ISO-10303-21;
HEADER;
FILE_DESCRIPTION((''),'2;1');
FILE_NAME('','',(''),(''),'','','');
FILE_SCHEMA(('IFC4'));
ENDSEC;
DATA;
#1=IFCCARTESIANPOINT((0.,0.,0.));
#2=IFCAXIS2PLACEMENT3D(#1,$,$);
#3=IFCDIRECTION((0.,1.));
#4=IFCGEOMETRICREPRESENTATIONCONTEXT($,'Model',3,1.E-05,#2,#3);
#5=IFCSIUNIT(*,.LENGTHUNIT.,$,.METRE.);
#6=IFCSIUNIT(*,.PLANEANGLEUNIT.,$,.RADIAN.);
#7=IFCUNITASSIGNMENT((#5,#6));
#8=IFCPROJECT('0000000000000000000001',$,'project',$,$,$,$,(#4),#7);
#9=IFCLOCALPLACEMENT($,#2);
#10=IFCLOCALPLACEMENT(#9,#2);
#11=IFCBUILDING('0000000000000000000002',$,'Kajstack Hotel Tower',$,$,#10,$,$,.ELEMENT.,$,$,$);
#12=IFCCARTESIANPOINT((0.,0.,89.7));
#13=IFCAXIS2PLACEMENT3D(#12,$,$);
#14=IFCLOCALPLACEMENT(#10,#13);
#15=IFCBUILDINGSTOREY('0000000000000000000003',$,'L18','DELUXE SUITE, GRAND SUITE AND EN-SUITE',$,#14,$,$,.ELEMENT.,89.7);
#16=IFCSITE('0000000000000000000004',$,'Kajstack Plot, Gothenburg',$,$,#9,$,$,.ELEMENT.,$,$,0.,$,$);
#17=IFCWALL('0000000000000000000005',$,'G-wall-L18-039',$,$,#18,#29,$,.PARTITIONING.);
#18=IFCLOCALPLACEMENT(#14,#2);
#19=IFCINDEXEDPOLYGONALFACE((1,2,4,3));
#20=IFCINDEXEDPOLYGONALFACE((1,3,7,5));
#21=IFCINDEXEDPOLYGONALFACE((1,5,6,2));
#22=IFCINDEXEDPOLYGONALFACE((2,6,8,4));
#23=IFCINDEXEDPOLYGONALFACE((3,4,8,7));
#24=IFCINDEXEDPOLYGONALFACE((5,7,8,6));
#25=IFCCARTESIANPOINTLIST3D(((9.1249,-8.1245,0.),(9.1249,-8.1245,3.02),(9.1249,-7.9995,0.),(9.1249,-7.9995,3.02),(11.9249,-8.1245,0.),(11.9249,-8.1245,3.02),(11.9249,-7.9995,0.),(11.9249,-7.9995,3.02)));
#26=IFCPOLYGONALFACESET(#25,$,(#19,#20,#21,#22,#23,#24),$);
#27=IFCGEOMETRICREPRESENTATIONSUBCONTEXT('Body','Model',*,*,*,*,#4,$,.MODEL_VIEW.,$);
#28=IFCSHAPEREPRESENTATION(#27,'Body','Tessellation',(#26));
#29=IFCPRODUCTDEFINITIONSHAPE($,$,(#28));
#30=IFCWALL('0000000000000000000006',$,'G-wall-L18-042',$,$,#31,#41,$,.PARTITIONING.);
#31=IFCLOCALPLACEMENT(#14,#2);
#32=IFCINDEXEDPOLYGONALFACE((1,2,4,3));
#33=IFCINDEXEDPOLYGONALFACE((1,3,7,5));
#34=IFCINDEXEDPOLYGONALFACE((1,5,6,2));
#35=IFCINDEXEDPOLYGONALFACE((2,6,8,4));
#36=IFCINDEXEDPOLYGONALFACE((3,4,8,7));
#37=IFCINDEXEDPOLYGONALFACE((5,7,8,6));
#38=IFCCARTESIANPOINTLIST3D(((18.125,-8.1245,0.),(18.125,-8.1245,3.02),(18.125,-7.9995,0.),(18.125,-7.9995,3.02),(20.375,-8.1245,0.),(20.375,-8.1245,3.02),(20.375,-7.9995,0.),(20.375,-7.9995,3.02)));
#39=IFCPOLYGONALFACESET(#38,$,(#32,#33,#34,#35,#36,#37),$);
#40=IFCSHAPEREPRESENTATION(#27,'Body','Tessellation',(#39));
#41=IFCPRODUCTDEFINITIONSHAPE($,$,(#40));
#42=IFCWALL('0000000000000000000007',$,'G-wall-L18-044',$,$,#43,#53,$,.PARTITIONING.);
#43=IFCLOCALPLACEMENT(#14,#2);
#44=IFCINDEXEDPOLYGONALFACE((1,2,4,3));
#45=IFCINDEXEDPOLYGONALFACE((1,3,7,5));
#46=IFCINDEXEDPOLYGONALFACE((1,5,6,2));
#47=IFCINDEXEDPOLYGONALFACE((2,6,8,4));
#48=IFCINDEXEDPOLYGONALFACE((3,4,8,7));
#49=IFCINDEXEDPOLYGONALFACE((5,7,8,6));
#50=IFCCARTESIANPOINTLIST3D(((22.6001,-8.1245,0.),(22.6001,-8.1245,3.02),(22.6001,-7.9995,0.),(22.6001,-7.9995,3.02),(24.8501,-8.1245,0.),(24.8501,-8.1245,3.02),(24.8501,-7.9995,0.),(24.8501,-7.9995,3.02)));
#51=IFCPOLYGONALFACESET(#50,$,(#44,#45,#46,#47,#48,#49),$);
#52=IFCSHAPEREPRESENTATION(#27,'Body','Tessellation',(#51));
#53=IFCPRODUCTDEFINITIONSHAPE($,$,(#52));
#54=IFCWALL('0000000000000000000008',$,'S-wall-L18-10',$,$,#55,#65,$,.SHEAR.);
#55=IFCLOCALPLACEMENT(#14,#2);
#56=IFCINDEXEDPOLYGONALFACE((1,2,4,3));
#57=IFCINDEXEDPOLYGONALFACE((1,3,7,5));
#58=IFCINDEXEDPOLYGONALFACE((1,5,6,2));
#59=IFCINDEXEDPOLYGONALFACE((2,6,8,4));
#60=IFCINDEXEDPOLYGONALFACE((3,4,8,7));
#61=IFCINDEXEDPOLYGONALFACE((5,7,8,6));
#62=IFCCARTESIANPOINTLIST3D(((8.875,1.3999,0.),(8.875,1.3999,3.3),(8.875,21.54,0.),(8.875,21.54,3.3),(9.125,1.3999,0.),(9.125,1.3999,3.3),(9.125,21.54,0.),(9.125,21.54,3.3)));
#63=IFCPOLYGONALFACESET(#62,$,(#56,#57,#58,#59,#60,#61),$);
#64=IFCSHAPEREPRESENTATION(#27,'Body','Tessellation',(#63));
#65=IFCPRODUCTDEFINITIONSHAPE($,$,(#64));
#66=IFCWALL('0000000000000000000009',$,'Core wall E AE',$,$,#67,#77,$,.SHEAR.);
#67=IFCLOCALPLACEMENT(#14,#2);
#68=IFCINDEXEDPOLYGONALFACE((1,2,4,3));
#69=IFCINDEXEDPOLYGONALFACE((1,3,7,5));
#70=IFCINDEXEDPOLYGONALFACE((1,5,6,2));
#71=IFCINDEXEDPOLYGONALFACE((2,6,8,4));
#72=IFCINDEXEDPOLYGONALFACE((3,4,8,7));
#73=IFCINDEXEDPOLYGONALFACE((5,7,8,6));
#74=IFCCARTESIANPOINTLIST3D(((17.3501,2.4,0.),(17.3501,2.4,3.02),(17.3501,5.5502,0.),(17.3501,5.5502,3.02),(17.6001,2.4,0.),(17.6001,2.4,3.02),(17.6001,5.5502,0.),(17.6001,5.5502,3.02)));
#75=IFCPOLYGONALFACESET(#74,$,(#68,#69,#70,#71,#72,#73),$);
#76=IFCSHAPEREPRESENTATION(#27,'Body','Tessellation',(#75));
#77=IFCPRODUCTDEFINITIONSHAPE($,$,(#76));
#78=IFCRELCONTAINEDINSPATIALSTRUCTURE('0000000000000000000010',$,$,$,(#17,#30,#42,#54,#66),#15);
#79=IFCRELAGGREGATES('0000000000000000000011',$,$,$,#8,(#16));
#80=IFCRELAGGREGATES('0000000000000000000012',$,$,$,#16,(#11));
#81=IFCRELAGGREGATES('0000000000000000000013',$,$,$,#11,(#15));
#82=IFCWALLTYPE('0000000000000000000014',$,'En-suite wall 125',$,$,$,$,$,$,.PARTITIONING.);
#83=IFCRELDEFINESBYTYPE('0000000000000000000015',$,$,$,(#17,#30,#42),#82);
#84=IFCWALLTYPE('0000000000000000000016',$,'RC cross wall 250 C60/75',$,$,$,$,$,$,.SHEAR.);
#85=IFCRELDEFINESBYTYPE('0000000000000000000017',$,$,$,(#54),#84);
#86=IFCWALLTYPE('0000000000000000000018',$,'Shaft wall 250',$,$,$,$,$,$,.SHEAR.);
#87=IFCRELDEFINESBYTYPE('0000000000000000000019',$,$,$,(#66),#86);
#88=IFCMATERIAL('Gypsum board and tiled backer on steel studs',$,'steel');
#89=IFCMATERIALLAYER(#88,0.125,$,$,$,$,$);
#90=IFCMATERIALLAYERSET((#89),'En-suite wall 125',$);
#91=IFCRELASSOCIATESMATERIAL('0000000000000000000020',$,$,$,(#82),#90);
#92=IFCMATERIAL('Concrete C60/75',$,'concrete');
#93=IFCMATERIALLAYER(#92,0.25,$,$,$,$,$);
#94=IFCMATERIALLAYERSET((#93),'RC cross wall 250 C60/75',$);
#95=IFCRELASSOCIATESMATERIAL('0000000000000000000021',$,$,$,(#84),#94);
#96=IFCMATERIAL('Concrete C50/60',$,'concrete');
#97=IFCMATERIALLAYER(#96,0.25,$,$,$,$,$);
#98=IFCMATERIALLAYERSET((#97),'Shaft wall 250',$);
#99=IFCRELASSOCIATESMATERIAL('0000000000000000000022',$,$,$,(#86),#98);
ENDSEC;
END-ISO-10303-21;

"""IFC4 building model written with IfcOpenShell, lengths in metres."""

from ifc_helpers import new_model, si_unit, direction, frame, frame_2d, origin, place, context, subcontext, project, spatial, rectangle, extrude, material, layer, layer_set, type_object, element, save


model = new_model("IFC4")

# Units and contexts
model_context = context("Model", 3, precision=1e-05, world=origin(), true_north=direction((0.0, 1.0)))
body_context = subcontext(model_context, "Body", "Model", "MODEL_VIEW")
ifc_project = project(units=[si_unit("LENGTHUNIT", "METRE"), si_unit("PLANEANGLEUNIT", "RADIAN")], contexts=[model_context])

# Site, building, storey
site_placement = place(None, origin())
site = spatial("IfcSite", under=ifc_project, at=site_placement, Name="Kajstack Plot, Gothenburg", CompositionType="ELEMENT", RefElevation=0.0)
building_placement = place(site_placement, origin())
building = spatial("IfcBuilding", under=site, at=building_placement, Name="Kajstack Hotel Tower", CompositionType="ELEMENT")
storey_placement = place(building_placement, frame((0.0, 0.0, 89.7)))
storey = spatial("IfcBuildingStorey", under=building, at=storey_placement, Name="L18", Description="DELUXE SUITE, GRAND SUITE AND EN-SUITE", CompositionType="ELEMENT", Elevation=89.7)

# Shared definitions
ifc_material_1 = material(Name="Concrete C60/75", Category="concrete")

# Shared definitions
ifc_material_2 = material(Name="Gypsum board and tiled backer on steel studs", Category="steel")
ifc_layer_1 = layer(ifc_material_2, 0.125)
ifc_layer_set_1 = layer_set([ifc_layer_1], Name="En-suite wall 125")
wall_type_1 = type_object("IfcWallType", Name="En-suite wall 125", PredefinedType="PARTITIONING", material=ifc_layer_set_1)

# Walls
wall_1_placement = place(storey_placement, frame((9.125, -8.062, 0.0), z_axis=(0.0, 0.0, 1.0), x_axis=(1.0, 0.0, 0.0)))
element("IfcWall", 1, at=wall_1_placement, inside=storey, type_object=wall_type_1, Name="G-wall-L18-039", PredefinedType="PARTITIONING", context=body_context, shape_type="SweptSolid", body=[
    extrude(rectangle(XDim=2.8, YDim=0.125, at=frame_2d((1.3999, 0.0))), origin(), (0.0, 0.0, 1.0), 3.02),
])
for number, where, z_axis, x_axis, name in (
    (2, (18.125, -8.062, 0.0), (0.0, 0.0, 1.0), (1.0, 0.0, 0.0), "G-wall-L18-042"),
    (3, (22.6001, -8.062, 0.0), (0.0, 0.0, 1.0), (1.0, 0.0, 0.0), "G-wall-L18-044"),
):
    element("IfcWall", number, at=place(storey_placement, frame(where, z_axis=z_axis, x_axis=x_axis)), inside=storey, type_object=wall_type_1, Name=name, PredefinedType="PARTITIONING", context=body_context, shape_type="SweptSolid", body=[
        extrude(rectangle(XDim=2.25, YDim=0.125, at=frame_2d((1.125, 0.0))), origin(), (0.0, 0.0, 1.0), 3.02),
    ])
ifc_layer_2 = layer(ifc_material_1, 0.25)
ifc_layer_set_2 = layer_set([ifc_layer_2], Name="RC cross wall 250 C60/75")
wall_type_2 = type_object("IfcWallType", Name="RC cross wall 250 C60/75", PredefinedType="SHEAR", material=ifc_layer_set_2)
wall_2_placement = place(storey_placement, frame((9.0, 1.3999, 0.0), z_axis=(0.0, 0.0, 1.0), x_axis=(0.0, 1.0, 0.0)))
element("IfcWall", 4, at=wall_2_placement, inside=storey, type_object=wall_type_2, Name="S-wall-L18-10", PredefinedType="SHEAR", context=body_context, shape_type="SweptSolid", body=[
    extrude(rectangle(XDim=20.1401, YDim=0.25, at=frame_2d((10.0701, 0.0))), origin(), (0.0, 0.0, 1.0), 3.3),
])
ifc_material_3 = material(Name="Concrete C50/60", Category="concrete")
ifc_layer_3 = layer(ifc_material_3, 0.25)
ifc_layer_set_3 = layer_set([ifc_layer_3], Name="Shaft wall 250")
wall_type_3 = type_object("IfcWallType", Name="Shaft wall 250", PredefinedType="SHEAR", material=ifc_layer_set_3)
wall_3_placement = place(storey_placement, frame((17.4751, 2.3999, 0.0), z_axis=(0.0, 0.0, 1.0), x_axis=(0.0, 1.0, 0.0)))
element("IfcWall", 5, at=wall_3_placement, inside=storey, type_object=wall_type_3, Name="Core wall E AE", PredefinedType="SHEAR", context=body_context, shape_type="SweptSolid", body=[
    extrude(rectangle(XDim=3.1501, YDim=0.25, at=frame_2d((1.5752, 0.0))), origin(), (0.0, 0.0, 1.0), 3.02),
])

save(model, "model.ifc")
